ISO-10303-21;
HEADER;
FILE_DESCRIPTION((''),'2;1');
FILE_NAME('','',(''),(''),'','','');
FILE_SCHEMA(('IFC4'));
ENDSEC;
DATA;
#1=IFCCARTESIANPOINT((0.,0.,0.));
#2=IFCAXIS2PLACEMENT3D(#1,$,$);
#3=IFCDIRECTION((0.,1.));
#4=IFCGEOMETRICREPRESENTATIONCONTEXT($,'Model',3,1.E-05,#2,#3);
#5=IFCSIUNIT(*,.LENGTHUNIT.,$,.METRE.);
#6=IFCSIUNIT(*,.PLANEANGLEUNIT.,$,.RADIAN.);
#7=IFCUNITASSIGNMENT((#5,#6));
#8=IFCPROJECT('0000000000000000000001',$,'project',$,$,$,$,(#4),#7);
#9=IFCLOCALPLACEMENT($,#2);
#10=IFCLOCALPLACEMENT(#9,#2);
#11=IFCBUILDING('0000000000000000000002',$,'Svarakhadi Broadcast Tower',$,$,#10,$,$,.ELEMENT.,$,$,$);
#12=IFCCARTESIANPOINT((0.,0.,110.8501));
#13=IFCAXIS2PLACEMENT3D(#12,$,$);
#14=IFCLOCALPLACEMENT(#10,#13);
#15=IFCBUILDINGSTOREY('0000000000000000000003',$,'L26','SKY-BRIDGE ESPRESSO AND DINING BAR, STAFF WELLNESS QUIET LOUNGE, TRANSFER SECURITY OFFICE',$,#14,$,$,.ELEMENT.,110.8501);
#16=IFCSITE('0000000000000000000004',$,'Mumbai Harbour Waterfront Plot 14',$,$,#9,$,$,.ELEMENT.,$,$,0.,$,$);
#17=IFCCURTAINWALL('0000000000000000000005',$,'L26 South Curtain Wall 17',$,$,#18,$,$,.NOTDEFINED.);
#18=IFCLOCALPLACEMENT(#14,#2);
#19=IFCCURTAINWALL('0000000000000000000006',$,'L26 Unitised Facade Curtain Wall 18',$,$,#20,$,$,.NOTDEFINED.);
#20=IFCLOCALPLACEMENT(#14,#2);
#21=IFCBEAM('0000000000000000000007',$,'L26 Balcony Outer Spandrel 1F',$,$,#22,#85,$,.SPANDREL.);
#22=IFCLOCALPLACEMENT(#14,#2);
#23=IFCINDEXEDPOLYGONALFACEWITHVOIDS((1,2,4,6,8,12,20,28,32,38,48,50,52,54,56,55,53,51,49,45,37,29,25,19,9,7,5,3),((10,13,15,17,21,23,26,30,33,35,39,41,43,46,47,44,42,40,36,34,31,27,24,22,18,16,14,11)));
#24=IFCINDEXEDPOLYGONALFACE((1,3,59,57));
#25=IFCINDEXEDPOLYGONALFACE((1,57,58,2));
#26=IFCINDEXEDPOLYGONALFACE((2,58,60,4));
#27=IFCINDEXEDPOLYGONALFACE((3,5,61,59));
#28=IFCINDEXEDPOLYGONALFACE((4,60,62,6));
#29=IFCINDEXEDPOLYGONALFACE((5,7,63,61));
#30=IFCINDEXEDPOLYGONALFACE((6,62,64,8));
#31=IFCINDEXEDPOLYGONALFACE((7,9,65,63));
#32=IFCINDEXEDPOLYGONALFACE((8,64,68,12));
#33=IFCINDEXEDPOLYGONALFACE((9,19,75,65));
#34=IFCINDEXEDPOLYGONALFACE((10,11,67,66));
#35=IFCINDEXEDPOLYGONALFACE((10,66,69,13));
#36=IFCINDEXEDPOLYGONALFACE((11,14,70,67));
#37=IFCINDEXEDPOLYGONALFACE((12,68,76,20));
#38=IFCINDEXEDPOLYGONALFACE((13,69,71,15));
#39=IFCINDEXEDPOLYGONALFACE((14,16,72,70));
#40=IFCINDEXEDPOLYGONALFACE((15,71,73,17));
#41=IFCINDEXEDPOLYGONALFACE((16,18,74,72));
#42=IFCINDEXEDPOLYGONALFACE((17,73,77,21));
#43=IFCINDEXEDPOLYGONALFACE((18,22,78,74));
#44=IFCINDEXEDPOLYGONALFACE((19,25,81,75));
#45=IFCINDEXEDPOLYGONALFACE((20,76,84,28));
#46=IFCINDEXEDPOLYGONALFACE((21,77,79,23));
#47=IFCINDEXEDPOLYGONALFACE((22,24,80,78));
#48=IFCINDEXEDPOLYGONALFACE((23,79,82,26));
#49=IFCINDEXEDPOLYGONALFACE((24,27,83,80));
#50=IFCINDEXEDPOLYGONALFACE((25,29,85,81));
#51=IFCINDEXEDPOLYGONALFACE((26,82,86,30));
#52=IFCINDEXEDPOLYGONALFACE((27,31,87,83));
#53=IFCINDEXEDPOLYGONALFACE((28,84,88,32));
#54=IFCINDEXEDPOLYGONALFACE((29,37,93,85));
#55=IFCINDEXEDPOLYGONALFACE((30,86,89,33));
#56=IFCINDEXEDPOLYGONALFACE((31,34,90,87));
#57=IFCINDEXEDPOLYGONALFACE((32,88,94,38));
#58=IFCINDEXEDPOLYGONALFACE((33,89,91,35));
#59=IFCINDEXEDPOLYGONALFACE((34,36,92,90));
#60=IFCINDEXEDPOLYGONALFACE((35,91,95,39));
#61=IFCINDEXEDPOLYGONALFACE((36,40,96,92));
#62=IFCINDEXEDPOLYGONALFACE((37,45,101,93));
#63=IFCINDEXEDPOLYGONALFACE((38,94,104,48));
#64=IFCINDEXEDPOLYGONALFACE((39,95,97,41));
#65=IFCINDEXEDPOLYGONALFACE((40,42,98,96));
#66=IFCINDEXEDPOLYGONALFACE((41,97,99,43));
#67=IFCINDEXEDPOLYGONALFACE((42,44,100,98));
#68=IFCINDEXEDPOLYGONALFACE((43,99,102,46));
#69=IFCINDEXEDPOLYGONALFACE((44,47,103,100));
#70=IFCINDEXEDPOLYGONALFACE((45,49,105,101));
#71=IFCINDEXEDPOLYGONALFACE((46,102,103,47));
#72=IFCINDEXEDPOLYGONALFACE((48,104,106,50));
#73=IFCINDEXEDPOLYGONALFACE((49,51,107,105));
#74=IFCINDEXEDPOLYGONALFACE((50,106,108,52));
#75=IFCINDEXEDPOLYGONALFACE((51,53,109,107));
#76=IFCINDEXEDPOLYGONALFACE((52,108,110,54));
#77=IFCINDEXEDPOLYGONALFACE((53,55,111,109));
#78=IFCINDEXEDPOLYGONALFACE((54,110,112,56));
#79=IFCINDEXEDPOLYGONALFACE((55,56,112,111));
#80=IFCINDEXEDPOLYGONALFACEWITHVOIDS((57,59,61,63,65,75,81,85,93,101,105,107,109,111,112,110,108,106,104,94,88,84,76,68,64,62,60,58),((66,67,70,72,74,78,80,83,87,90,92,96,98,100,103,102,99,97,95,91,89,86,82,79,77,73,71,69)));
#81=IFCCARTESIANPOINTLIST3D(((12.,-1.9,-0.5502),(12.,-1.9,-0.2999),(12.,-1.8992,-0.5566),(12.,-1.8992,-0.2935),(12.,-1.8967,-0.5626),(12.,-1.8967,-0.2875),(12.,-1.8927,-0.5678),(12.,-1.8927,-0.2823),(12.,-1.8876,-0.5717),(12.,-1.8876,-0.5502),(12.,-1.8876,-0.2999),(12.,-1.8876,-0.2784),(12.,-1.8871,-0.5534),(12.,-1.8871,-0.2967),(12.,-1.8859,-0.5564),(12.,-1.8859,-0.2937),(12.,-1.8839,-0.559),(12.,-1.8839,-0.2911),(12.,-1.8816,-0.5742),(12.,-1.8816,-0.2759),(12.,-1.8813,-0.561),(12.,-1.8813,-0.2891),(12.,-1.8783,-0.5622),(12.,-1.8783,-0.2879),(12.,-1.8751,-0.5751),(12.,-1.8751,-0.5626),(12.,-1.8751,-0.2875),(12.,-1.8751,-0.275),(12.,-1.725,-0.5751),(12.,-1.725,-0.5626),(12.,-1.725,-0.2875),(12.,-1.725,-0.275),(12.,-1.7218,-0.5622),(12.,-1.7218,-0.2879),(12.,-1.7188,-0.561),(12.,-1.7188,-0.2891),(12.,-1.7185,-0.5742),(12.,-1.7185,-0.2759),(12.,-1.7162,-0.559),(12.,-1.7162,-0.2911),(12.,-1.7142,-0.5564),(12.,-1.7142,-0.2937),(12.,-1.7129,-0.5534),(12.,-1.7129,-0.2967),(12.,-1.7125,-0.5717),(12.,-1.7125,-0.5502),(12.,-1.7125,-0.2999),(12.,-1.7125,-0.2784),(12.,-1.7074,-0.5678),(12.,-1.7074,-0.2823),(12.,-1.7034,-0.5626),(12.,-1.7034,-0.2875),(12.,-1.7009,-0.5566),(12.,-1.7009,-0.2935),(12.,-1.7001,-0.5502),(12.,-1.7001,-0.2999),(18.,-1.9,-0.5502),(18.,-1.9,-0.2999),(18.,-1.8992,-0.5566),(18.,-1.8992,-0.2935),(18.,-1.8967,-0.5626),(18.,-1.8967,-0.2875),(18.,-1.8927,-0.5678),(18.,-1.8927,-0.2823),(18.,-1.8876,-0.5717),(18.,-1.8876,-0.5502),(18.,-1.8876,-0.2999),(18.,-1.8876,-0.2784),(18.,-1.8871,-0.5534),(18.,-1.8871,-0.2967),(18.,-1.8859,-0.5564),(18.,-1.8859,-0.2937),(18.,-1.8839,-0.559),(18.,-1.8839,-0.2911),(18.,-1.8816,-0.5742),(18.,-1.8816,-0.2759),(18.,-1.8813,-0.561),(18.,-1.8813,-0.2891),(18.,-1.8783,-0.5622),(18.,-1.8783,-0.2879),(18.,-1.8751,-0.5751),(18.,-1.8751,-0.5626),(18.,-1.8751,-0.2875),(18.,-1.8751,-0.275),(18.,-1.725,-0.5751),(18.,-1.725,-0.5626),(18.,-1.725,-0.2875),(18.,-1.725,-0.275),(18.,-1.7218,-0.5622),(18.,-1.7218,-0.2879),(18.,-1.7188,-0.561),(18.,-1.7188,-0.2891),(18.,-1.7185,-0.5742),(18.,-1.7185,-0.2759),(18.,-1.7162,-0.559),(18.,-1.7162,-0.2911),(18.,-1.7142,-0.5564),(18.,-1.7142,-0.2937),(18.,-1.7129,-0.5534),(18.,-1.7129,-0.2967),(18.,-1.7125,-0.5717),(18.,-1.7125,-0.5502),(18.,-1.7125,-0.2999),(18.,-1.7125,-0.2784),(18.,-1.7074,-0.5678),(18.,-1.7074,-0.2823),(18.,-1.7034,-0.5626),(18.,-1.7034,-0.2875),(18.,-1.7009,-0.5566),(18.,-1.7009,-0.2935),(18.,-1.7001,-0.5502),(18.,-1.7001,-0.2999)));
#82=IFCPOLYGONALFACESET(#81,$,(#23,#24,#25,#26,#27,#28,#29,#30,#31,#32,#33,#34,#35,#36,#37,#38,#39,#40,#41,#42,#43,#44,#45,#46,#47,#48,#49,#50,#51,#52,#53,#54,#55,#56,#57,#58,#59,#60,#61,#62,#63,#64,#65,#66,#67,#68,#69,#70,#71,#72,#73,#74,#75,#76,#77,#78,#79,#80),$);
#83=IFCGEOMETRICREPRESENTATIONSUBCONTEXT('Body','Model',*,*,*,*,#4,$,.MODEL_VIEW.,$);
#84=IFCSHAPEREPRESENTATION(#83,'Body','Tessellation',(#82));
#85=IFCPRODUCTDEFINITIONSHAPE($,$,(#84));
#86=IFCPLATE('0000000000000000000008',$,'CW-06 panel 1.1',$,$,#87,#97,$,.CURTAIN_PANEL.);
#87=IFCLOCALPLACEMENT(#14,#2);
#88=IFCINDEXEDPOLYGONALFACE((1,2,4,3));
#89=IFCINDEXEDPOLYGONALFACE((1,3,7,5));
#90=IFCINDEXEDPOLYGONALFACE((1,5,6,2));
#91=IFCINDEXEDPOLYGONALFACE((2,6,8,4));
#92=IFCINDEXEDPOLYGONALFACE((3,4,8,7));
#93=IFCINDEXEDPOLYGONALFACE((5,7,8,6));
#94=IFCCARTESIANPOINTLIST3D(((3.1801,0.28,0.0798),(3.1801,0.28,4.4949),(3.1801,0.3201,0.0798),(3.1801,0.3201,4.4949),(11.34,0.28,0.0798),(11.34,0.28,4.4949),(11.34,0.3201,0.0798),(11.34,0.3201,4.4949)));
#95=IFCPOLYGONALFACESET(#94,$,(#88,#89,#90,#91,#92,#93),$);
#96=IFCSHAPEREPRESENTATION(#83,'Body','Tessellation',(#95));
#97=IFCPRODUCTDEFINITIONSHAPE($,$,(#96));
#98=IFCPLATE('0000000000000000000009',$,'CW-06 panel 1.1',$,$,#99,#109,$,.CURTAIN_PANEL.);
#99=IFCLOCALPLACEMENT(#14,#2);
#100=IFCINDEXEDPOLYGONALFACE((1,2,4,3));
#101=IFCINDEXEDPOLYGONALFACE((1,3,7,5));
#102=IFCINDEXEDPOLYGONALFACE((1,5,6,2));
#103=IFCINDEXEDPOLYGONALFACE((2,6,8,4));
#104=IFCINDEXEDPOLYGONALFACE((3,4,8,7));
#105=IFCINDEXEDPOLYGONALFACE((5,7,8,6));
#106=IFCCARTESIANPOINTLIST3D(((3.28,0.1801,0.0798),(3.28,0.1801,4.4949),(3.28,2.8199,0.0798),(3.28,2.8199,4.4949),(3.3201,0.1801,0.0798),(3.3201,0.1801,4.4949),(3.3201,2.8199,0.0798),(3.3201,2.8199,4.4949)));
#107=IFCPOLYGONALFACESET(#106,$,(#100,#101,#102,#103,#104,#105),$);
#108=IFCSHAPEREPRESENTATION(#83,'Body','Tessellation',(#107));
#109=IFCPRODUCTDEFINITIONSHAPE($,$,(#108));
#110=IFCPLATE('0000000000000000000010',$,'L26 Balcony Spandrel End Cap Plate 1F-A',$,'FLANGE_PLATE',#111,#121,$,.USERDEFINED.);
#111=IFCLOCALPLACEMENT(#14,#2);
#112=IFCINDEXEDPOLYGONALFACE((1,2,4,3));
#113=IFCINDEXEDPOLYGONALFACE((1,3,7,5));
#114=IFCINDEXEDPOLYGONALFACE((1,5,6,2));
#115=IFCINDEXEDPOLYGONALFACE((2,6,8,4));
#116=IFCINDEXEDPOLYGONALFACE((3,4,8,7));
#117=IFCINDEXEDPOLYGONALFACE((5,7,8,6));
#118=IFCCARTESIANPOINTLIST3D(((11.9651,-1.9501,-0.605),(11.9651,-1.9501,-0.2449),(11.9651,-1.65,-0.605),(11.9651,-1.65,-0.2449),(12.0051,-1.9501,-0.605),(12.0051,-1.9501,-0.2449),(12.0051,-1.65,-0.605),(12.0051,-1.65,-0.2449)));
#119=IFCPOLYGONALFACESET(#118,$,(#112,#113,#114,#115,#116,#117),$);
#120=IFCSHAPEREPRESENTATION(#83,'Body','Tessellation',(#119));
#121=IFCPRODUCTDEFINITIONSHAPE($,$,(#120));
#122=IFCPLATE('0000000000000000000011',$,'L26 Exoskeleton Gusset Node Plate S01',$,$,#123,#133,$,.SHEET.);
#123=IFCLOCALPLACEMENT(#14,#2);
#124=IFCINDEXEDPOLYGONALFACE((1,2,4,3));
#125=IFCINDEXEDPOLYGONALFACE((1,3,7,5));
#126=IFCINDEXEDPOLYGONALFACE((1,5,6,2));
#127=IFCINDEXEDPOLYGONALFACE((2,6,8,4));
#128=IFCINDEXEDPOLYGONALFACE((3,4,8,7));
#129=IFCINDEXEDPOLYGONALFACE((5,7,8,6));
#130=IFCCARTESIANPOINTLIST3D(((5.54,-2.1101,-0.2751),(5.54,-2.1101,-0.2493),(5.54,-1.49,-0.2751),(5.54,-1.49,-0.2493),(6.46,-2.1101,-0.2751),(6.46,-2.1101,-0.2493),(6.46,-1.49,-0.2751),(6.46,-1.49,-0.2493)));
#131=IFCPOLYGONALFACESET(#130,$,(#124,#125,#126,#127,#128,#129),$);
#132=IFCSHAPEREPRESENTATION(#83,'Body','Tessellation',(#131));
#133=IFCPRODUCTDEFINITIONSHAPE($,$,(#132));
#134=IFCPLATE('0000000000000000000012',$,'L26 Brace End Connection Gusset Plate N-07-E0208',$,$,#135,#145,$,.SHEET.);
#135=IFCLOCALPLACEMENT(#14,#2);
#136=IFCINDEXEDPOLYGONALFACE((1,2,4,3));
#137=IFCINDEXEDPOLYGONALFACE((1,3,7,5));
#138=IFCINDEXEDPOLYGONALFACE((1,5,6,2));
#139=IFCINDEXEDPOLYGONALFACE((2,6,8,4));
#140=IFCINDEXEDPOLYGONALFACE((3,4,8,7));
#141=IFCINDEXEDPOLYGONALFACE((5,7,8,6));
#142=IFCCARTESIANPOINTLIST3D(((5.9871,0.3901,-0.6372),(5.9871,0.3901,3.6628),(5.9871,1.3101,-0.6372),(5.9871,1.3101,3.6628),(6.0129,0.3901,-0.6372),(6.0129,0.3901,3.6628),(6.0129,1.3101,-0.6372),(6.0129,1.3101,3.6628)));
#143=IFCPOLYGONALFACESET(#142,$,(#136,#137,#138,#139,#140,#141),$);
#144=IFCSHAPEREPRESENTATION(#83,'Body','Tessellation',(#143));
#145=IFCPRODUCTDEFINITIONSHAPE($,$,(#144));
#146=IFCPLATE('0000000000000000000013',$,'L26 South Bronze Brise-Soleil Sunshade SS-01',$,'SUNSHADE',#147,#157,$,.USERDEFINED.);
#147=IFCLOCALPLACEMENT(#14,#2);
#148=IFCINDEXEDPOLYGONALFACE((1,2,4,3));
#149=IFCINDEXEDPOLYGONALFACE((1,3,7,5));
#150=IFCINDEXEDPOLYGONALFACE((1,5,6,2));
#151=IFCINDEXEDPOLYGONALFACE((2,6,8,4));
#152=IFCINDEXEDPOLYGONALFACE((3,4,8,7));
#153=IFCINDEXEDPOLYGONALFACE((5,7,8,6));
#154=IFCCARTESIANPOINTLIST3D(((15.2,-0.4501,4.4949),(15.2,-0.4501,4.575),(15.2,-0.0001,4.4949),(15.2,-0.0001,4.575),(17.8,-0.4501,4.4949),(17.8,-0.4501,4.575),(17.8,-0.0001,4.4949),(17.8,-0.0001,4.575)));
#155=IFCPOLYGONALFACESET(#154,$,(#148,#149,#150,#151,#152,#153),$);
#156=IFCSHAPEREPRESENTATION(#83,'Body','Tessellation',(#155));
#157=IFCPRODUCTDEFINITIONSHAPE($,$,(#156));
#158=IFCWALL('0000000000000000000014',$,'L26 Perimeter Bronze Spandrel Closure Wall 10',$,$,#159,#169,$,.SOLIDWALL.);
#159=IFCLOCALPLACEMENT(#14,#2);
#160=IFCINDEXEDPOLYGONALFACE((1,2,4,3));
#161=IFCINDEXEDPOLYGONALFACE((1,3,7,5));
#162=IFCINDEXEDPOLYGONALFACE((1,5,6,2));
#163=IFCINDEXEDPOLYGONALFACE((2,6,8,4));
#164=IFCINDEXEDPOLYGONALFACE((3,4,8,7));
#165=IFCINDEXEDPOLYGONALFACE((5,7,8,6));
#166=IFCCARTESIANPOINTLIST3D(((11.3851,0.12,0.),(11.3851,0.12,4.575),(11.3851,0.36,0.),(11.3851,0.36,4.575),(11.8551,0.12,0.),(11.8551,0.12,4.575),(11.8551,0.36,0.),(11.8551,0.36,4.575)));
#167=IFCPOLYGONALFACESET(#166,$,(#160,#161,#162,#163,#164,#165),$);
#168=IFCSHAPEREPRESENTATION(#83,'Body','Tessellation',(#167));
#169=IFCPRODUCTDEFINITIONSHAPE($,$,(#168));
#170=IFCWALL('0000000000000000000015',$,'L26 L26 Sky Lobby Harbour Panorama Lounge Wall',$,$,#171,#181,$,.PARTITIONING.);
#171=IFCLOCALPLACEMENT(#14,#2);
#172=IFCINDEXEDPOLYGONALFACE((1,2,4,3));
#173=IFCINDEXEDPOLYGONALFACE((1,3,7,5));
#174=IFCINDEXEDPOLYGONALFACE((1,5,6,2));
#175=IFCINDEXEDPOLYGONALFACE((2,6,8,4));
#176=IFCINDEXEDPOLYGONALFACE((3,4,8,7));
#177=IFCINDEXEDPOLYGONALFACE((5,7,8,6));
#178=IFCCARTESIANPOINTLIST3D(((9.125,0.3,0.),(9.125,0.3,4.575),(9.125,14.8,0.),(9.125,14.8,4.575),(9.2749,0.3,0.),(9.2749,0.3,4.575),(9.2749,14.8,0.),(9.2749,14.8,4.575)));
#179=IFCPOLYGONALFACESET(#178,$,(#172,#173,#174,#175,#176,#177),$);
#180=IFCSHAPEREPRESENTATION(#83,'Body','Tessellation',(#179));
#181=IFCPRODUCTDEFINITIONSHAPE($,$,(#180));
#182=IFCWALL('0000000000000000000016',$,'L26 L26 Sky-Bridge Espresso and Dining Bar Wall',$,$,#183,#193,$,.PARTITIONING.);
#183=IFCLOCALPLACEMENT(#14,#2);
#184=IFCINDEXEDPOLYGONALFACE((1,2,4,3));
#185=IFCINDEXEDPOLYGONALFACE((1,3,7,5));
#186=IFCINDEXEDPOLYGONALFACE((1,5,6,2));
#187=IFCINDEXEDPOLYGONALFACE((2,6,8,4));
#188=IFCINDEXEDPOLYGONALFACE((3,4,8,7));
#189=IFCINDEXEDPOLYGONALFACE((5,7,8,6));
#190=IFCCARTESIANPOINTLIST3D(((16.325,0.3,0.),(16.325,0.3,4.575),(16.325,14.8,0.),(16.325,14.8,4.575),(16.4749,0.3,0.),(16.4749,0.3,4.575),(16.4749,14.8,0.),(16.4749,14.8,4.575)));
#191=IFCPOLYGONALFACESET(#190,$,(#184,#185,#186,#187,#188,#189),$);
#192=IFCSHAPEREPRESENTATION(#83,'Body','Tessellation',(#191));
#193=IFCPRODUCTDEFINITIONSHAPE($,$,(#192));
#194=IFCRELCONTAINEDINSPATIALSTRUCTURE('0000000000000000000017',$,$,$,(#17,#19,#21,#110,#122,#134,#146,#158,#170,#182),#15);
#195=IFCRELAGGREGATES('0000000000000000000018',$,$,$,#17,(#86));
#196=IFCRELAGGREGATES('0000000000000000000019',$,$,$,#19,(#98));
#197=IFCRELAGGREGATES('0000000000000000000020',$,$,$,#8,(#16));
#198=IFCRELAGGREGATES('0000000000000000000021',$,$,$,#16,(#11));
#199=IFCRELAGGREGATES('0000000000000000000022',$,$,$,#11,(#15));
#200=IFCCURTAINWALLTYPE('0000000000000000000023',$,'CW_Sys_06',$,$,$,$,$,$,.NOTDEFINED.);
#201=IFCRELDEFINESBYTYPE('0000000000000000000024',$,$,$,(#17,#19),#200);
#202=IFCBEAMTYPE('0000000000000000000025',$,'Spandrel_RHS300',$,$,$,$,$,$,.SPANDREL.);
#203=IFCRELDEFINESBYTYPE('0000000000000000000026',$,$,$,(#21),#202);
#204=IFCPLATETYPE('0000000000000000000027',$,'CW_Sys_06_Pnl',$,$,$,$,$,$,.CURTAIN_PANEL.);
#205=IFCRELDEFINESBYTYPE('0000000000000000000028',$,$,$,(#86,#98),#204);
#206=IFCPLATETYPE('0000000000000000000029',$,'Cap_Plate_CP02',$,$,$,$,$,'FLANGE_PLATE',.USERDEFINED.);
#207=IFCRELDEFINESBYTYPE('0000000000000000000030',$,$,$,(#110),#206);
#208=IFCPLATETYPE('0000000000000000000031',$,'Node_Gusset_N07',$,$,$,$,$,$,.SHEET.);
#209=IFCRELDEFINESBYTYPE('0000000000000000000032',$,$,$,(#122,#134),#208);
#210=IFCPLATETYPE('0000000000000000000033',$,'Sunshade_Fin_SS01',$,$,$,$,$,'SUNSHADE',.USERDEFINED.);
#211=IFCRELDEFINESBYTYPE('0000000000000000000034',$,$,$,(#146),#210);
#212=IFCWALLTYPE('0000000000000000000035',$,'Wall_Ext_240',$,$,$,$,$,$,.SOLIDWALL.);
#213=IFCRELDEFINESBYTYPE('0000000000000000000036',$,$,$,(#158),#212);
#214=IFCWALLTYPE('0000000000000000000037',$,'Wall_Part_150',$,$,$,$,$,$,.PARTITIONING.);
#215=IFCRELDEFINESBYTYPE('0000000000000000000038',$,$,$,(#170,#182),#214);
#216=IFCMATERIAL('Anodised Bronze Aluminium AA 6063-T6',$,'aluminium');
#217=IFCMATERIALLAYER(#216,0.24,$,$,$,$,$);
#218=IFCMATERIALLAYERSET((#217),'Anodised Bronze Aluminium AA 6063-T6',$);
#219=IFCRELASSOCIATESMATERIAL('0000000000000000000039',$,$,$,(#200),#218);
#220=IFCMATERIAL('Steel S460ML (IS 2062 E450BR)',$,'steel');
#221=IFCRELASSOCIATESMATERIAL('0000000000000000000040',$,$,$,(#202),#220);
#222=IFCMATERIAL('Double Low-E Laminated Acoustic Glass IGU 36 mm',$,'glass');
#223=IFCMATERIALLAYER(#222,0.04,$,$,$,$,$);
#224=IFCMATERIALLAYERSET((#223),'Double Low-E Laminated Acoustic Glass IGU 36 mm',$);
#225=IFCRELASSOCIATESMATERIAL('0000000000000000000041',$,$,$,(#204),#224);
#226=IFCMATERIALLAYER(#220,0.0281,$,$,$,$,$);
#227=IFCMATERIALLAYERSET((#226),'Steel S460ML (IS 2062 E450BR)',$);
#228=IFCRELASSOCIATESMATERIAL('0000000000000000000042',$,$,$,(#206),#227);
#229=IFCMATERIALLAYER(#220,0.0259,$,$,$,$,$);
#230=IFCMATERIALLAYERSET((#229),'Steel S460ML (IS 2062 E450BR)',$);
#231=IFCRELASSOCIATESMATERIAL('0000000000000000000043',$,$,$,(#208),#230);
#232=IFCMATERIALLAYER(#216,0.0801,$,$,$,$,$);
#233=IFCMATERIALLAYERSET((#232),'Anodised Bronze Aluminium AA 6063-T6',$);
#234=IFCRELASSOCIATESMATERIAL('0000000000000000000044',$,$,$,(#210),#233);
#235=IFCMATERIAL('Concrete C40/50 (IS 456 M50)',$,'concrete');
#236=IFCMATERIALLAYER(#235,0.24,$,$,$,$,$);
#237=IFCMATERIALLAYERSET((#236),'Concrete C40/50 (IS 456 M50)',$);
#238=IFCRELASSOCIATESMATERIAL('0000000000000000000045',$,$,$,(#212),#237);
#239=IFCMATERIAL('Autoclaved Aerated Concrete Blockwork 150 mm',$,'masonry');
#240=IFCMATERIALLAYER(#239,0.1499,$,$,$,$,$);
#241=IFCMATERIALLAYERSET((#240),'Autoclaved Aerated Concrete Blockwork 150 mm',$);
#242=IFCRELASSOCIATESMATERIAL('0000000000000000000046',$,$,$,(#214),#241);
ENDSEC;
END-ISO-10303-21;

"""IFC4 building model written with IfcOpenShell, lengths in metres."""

from ifc_helpers import new_model, si_unit, direction, frame, frame_2d, origin, origin_2d, place, context, subcontext, project, spatial, rectangle, hollow_rectangle, extrude, material, layer, layer_set, material_profile, profile_set, type_object, element, aggregate, save


model = new_model("IFC4")

# Units and contexts
model_context = context("Model", 3, precision=1e-05, world=origin(), true_north=direction((0.0, 1.0)))
body_context = subcontext(model_context, "Body", "Model", "MODEL_VIEW")
ifc_project = project(units=[si_unit("LENGTHUNIT", "METRE"), si_unit("PLANEANGLEUNIT", "RADIAN")], contexts=[model_context])

# Site, building, storey
site_placement = place(None, origin())
site = spatial("IfcSite", under=ifc_project, at=site_placement, Name="Mumbai Harbour Waterfront Plot 14", CompositionType="ELEMENT", RefElevation=0.0)
building_placement = place(site_placement, origin())
building = spatial("IfcBuilding", under=site, at=building_placement, Name="Svarakhadi Broadcast Tower", CompositionType="ELEMENT")
storey_placement = place(building_placement, frame((0.0, 0.0, 110.8501)))
storey = spatial("IfcBuildingStorey", under=building, at=storey_placement, Name="L26", Description="SKY-BRIDGE ESPRESSO AND DINING BAR, STAFF WELLNESS QUIET LOUNGE, TRANSFER SECURITY OFFICE", CompositionType="ELEMENT", Elevation=110.8501)

# Shared definitions
ifc_material_1 = material(Name="Steel S460ML (IS 2062 E450BR)", Category="steel")

# Curtain walls
ifc_material_2 = material(Name="Anodised Bronze Aluminium AA 6063-T6", Category="aluminium")
ifc_layer_1 = layer(ifc_material_2, 0.24)
ifc_layer_set_1 = layer_set([ifc_layer_1], Name="Anodised Bronze Aluminium AA 6063-T6")
curtain_wall_type = type_object("IfcCurtainWallType", Name="CW_Sys_06", PredefinedType="NOTDEFINED", material=ifc_layer_set_1)
curtain_wall_1_placement = place(storey_placement, origin())
curtain_wall_1 = element("IfcCurtainWall", 1, at=curtain_wall_1_placement, inside=storey, type_object=curtain_wall_type, Name="L26 South Curtain Wall 17", PredefinedType="NOTDEFINED")
curtain_wall_2_placement = place(storey_placement, origin())
curtain_wall_2 = element("IfcCurtainWall", 2, at=curtain_wall_2_placement, inside=storey, type_object=curtain_wall_type, Name="L26 Unitised Facade Curtain Wall 18", PredefinedType="NOTDEFINED")

# Beam
ifc_material_profile_1 = material_profile(ifc_material_1, hollow_rectangle(XDim=0.2, YDim=0.3, WallThickness=0.0125, InnerFilletRadius=0.0125, OuterFilletRadius=0.0249, at=origin_2d()), Name="RHS 300x200x12.5")
ifc_profile_set_1 = profile_set([ifc_material_profile_1], Name="Steel S460ML (IS 2062 E450BR)")
beam_type_1 = type_object("IfcBeamType", Name="Spandrel_RHS300", PredefinedType="SPANDREL", material=ifc_profile_set_1)
beam_1_placement = place(storey_placement, frame((12.0, -1.8, -0.425), z_axis=(1.0, 0.0, 0.0), x_axis=(0.0, 1.0, 0.0)))
element("IfcBeam", 3, at=beam_1_placement, inside=storey, type_object=beam_type_1, Name="L26 Balcony Outer Spandrel 1F", PredefinedType="SPANDREL", context=body_context, shape_type="SweptSolid", body=[
    extrude(hollow_rectangle(XDim=0.2, YDim=0.3, WallThickness=0.0125, InnerFilletRadius=0.0125, OuterFilletRadius=0.0249, at=origin_2d()), origin(), (0.0, 0.0, 1.0), 6.0),
])

# Plates
ifc_material_3 = material(Name="Double Low-E Laminated Acoustic Glass IGU 36 mm", Category="glass")
ifc_layer_2 = layer(ifc_material_3, 0.04)
ifc_layer_set_2 = layer_set([ifc_layer_2], Name="Double Low-E Laminated Acoustic Glass IGU 36 mm")
plate_type_1 = type_object("IfcPlateType", Name="CW_Sys_06_Pnl", PredefinedType="CURTAIN_PANEL", material=ifc_layer_set_2)
plate_1_placement = place(storey_placement, frame((7.26, 0.3, 0.0798), z_axis=(0.0, 0.0, 1.0), x_axis=(-1.0, 0.0, 0.0)))
plate_1 = element("IfcPlate", 4, at=plate_1_placement, type_object=plate_type_1, Name="CW-06 panel 1.1", PredefinedType="CURTAIN_PANEL", context=body_context, shape_type="SweptSolid", body=[
    extrude(rectangle(XDim=8.1599, YDim=0.04, at=origin_2d()), origin(), (0.0, 0.0, 1.0), 4.415),
])
aggregate(curtain_wall_1, [plate_1])
plate_2_placement = place(storey_placement, frame((3.3, 1.5, 0.0798), z_axis=(0.0, 0.0, 1.0), x_axis=(0.0, 1.0, 0.0)))
plate_2 = element("IfcPlate", 5, at=plate_2_placement, type_object=plate_type_1, Name="CW-06 panel 1.1", PredefinedType="CURTAIN_PANEL", context=body_context, shape_type="SweptSolid", body=[
    extrude(rectangle(XDim=2.6399, YDim=0.04, at=origin_2d()), origin(), (0.0, 0.0, 1.0), 4.415),
])
aggregate(curtain_wall_2, [plate_2])

# Plates
ifc_layer_3 = layer(ifc_material_1, 0.0281)
ifc_layer_set_3 = layer_set([ifc_layer_3], Name="Steel S460ML (IS 2062 E450BR)")
plate_type_2 = type_object("IfcPlateType", Name="Cap_Plate_CP02", ElementType="FLANGE_PLATE", PredefinedType="USERDEFINED", material=ifc_layer_set_3)
plate_3_placement = place(storey_placement, frame((11.9851, -1.8, -0.605), z_axis=(0.0, 0.0, 1.0), x_axis=(1.0, 0.0, 0.0)))
element("IfcPlate", 6, at=plate_3_placement, inside=storey, type_object=plate_type_2, Name="L26 Balcony Spandrel End Cap Plate 1F-A", ObjectType="FLANGE_PLATE", PredefinedType="USERDEFINED", context=body_context, shape_type="SweptSolid", body=[
    extrude(rectangle(XDim=0.04, YDim=0.3, at=origin_2d()), origin(), (0.0, 0.0, 1.0), 0.3601),
])
ifc_layer_4 = layer(ifc_material_1, 0.0259)
ifc_layer_set_4 = layer_set([ifc_layer_4], Name="Steel S460ML (IS 2062 E450BR)")
plate_type_3 = type_object("IfcPlateType", Name="Node_Gusset_N07", PredefinedType="SHEET", material=ifc_layer_set_4)
plate_4_placement = place(storey_placement, frame((6.0, -1.8, -0.2751), z_axis=(0.0, 0.0, 1.0), x_axis=(1.0, 0.0, 0.0)))
element("IfcPlate", 7, at=plate_4_placement, inside=storey, type_object=plate_type_3, Name="L26 Exoskeleton Gusset Node Plate S01", PredefinedType="SHEET", context=body_context, shape_type="SweptSolid", body=[
    extrude(rectangle(XDim=0.9199, YDim=0.6201, at=origin_2d()), origin(), (0.0, 0.0, 1.0), 0.0259),
])
plate_5_placement = place(storey_placement, frame((6.0, 0.8501, -0.6372), z_axis=(0.0, 0.0, 1.0), x_axis=(0.0, 1.0, 0.0)))
element("IfcPlate", 8, at=plate_5_placement, inside=storey, type_object=plate_type_3, Name="L26 Brace End Connection Gusset Plate N-07-E0208", PredefinedType="SHEET", context=body_context, shape_type="SweptSolid", body=[
    extrude(rectangle(XDim=0.9199, YDim=0.0259, at=origin_2d()), origin(), (0.0, 0.0, 1.0), 4.3),
])
ifc_layer_5 = layer(ifc_material_2, 0.0801)
ifc_layer_set_5 = layer_set([ifc_layer_5], Name="Anodised Bronze Aluminium AA 6063-T6")
plate_type_4 = type_object("IfcPlateType", Name="Sunshade_Fin_SS01", ElementType="SUNSHADE", PredefinedType="USERDEFINED", material=ifc_layer_set_5)
plate_6_placement = place(storey_placement, frame((16.5, -0.2251, 4.4949), z_axis=(0.0, 0.0, 1.0), x_axis=(1.0, 0.0, 0.0)))
element("IfcPlate", 9, at=plate_6_placement, inside=storey, type_object=plate_type_4, Name="L26 South Bronze Brise-Soleil Sunshade SS-01", ObjectType="SUNSHADE", PredefinedType="USERDEFINED", context=body_context, shape_type="SweptSolid", body=[
    extrude(rectangle(XDim=2.6001, YDim=0.45, at=origin_2d()), origin(), (0.0, 0.0, 1.0), 0.0801),
])

# Walls
ifc_material_4 = material(Name="Concrete C40/50 (IS 456 M50)", Category="concrete")
ifc_layer_6 = layer(ifc_material_4, 0.24)
ifc_layer_set_6 = layer_set([ifc_layer_6], Name="Concrete C40/50 (IS 456 M50)")
wall_type_1 = type_object("IfcWallType", Name="Wall_Ext_240", PredefinedType="SOLIDWALL", material=ifc_layer_set_6)
wall_placement = place(storey_placement, frame((11.855, 0.24, 0.0), z_axis=(0.0, 0.0, 1.0), x_axis=(-1.0, 0.0, 0.0)))
element("IfcWall", 10, at=wall_placement, inside=storey, type_object=wall_type_1, Name="L26 Perimeter Bronze Spandrel Closure Wall 10", PredefinedType="SOLIDWALL", context=body_context, shape_type="SweptSolid", body=[
    extrude(rectangle(XDim=0.47, YDim=0.24, at=frame_2d((0.2349, 0.0))), origin(), (0.0, 0.0, 1.0), 4.575),
])
ifc_material_5 = material(Name="Autoclaved Aerated Concrete Blockwork 150 mm", Category="masonry")
ifc_layer_7 = layer(ifc_material_5, 0.1499)
ifc_layer_set_7 = layer_set([ifc_layer_7], Name="Autoclaved Aerated Concrete Blockwork 150 mm")
wall_type_2 = type_object("IfcWallType", Name="Wall_Part_150", PredefinedType="PARTITIONING", material=ifc_layer_set_7)
for number, where, z_axis, x_axis, name in (
    (11, (9.2, 0.3, 0.0), (0.0, 0.0, 1.0), (0.0, 1.0, 0.0), "L26 L26 Sky Lobby Harbour Panorama Lounge Wall"),
    (12, (16.3999, 0.3, 0.0), (0.0, 0.0, 1.0), (0.0, 1.0, 0.0), "L26 L26 Sky-Bridge Espresso and Dining Bar Wall"),
):
    element("IfcWall", number, at=place(storey_placement, frame(where, z_axis=z_axis, x_axis=x_axis)), inside=storey, type_object=wall_type_2, Name=name, PredefinedType="PARTITIONING", context=body_context, shape_type="SweptSolid", body=[
        extrude(rectangle(XDim=14.5, YDim=0.1499, at=frame_2d((7.25, 0.0))), origin(), (0.0, 0.0, 1.0), 4.575),
    ])

save(model, "model.ifc")
